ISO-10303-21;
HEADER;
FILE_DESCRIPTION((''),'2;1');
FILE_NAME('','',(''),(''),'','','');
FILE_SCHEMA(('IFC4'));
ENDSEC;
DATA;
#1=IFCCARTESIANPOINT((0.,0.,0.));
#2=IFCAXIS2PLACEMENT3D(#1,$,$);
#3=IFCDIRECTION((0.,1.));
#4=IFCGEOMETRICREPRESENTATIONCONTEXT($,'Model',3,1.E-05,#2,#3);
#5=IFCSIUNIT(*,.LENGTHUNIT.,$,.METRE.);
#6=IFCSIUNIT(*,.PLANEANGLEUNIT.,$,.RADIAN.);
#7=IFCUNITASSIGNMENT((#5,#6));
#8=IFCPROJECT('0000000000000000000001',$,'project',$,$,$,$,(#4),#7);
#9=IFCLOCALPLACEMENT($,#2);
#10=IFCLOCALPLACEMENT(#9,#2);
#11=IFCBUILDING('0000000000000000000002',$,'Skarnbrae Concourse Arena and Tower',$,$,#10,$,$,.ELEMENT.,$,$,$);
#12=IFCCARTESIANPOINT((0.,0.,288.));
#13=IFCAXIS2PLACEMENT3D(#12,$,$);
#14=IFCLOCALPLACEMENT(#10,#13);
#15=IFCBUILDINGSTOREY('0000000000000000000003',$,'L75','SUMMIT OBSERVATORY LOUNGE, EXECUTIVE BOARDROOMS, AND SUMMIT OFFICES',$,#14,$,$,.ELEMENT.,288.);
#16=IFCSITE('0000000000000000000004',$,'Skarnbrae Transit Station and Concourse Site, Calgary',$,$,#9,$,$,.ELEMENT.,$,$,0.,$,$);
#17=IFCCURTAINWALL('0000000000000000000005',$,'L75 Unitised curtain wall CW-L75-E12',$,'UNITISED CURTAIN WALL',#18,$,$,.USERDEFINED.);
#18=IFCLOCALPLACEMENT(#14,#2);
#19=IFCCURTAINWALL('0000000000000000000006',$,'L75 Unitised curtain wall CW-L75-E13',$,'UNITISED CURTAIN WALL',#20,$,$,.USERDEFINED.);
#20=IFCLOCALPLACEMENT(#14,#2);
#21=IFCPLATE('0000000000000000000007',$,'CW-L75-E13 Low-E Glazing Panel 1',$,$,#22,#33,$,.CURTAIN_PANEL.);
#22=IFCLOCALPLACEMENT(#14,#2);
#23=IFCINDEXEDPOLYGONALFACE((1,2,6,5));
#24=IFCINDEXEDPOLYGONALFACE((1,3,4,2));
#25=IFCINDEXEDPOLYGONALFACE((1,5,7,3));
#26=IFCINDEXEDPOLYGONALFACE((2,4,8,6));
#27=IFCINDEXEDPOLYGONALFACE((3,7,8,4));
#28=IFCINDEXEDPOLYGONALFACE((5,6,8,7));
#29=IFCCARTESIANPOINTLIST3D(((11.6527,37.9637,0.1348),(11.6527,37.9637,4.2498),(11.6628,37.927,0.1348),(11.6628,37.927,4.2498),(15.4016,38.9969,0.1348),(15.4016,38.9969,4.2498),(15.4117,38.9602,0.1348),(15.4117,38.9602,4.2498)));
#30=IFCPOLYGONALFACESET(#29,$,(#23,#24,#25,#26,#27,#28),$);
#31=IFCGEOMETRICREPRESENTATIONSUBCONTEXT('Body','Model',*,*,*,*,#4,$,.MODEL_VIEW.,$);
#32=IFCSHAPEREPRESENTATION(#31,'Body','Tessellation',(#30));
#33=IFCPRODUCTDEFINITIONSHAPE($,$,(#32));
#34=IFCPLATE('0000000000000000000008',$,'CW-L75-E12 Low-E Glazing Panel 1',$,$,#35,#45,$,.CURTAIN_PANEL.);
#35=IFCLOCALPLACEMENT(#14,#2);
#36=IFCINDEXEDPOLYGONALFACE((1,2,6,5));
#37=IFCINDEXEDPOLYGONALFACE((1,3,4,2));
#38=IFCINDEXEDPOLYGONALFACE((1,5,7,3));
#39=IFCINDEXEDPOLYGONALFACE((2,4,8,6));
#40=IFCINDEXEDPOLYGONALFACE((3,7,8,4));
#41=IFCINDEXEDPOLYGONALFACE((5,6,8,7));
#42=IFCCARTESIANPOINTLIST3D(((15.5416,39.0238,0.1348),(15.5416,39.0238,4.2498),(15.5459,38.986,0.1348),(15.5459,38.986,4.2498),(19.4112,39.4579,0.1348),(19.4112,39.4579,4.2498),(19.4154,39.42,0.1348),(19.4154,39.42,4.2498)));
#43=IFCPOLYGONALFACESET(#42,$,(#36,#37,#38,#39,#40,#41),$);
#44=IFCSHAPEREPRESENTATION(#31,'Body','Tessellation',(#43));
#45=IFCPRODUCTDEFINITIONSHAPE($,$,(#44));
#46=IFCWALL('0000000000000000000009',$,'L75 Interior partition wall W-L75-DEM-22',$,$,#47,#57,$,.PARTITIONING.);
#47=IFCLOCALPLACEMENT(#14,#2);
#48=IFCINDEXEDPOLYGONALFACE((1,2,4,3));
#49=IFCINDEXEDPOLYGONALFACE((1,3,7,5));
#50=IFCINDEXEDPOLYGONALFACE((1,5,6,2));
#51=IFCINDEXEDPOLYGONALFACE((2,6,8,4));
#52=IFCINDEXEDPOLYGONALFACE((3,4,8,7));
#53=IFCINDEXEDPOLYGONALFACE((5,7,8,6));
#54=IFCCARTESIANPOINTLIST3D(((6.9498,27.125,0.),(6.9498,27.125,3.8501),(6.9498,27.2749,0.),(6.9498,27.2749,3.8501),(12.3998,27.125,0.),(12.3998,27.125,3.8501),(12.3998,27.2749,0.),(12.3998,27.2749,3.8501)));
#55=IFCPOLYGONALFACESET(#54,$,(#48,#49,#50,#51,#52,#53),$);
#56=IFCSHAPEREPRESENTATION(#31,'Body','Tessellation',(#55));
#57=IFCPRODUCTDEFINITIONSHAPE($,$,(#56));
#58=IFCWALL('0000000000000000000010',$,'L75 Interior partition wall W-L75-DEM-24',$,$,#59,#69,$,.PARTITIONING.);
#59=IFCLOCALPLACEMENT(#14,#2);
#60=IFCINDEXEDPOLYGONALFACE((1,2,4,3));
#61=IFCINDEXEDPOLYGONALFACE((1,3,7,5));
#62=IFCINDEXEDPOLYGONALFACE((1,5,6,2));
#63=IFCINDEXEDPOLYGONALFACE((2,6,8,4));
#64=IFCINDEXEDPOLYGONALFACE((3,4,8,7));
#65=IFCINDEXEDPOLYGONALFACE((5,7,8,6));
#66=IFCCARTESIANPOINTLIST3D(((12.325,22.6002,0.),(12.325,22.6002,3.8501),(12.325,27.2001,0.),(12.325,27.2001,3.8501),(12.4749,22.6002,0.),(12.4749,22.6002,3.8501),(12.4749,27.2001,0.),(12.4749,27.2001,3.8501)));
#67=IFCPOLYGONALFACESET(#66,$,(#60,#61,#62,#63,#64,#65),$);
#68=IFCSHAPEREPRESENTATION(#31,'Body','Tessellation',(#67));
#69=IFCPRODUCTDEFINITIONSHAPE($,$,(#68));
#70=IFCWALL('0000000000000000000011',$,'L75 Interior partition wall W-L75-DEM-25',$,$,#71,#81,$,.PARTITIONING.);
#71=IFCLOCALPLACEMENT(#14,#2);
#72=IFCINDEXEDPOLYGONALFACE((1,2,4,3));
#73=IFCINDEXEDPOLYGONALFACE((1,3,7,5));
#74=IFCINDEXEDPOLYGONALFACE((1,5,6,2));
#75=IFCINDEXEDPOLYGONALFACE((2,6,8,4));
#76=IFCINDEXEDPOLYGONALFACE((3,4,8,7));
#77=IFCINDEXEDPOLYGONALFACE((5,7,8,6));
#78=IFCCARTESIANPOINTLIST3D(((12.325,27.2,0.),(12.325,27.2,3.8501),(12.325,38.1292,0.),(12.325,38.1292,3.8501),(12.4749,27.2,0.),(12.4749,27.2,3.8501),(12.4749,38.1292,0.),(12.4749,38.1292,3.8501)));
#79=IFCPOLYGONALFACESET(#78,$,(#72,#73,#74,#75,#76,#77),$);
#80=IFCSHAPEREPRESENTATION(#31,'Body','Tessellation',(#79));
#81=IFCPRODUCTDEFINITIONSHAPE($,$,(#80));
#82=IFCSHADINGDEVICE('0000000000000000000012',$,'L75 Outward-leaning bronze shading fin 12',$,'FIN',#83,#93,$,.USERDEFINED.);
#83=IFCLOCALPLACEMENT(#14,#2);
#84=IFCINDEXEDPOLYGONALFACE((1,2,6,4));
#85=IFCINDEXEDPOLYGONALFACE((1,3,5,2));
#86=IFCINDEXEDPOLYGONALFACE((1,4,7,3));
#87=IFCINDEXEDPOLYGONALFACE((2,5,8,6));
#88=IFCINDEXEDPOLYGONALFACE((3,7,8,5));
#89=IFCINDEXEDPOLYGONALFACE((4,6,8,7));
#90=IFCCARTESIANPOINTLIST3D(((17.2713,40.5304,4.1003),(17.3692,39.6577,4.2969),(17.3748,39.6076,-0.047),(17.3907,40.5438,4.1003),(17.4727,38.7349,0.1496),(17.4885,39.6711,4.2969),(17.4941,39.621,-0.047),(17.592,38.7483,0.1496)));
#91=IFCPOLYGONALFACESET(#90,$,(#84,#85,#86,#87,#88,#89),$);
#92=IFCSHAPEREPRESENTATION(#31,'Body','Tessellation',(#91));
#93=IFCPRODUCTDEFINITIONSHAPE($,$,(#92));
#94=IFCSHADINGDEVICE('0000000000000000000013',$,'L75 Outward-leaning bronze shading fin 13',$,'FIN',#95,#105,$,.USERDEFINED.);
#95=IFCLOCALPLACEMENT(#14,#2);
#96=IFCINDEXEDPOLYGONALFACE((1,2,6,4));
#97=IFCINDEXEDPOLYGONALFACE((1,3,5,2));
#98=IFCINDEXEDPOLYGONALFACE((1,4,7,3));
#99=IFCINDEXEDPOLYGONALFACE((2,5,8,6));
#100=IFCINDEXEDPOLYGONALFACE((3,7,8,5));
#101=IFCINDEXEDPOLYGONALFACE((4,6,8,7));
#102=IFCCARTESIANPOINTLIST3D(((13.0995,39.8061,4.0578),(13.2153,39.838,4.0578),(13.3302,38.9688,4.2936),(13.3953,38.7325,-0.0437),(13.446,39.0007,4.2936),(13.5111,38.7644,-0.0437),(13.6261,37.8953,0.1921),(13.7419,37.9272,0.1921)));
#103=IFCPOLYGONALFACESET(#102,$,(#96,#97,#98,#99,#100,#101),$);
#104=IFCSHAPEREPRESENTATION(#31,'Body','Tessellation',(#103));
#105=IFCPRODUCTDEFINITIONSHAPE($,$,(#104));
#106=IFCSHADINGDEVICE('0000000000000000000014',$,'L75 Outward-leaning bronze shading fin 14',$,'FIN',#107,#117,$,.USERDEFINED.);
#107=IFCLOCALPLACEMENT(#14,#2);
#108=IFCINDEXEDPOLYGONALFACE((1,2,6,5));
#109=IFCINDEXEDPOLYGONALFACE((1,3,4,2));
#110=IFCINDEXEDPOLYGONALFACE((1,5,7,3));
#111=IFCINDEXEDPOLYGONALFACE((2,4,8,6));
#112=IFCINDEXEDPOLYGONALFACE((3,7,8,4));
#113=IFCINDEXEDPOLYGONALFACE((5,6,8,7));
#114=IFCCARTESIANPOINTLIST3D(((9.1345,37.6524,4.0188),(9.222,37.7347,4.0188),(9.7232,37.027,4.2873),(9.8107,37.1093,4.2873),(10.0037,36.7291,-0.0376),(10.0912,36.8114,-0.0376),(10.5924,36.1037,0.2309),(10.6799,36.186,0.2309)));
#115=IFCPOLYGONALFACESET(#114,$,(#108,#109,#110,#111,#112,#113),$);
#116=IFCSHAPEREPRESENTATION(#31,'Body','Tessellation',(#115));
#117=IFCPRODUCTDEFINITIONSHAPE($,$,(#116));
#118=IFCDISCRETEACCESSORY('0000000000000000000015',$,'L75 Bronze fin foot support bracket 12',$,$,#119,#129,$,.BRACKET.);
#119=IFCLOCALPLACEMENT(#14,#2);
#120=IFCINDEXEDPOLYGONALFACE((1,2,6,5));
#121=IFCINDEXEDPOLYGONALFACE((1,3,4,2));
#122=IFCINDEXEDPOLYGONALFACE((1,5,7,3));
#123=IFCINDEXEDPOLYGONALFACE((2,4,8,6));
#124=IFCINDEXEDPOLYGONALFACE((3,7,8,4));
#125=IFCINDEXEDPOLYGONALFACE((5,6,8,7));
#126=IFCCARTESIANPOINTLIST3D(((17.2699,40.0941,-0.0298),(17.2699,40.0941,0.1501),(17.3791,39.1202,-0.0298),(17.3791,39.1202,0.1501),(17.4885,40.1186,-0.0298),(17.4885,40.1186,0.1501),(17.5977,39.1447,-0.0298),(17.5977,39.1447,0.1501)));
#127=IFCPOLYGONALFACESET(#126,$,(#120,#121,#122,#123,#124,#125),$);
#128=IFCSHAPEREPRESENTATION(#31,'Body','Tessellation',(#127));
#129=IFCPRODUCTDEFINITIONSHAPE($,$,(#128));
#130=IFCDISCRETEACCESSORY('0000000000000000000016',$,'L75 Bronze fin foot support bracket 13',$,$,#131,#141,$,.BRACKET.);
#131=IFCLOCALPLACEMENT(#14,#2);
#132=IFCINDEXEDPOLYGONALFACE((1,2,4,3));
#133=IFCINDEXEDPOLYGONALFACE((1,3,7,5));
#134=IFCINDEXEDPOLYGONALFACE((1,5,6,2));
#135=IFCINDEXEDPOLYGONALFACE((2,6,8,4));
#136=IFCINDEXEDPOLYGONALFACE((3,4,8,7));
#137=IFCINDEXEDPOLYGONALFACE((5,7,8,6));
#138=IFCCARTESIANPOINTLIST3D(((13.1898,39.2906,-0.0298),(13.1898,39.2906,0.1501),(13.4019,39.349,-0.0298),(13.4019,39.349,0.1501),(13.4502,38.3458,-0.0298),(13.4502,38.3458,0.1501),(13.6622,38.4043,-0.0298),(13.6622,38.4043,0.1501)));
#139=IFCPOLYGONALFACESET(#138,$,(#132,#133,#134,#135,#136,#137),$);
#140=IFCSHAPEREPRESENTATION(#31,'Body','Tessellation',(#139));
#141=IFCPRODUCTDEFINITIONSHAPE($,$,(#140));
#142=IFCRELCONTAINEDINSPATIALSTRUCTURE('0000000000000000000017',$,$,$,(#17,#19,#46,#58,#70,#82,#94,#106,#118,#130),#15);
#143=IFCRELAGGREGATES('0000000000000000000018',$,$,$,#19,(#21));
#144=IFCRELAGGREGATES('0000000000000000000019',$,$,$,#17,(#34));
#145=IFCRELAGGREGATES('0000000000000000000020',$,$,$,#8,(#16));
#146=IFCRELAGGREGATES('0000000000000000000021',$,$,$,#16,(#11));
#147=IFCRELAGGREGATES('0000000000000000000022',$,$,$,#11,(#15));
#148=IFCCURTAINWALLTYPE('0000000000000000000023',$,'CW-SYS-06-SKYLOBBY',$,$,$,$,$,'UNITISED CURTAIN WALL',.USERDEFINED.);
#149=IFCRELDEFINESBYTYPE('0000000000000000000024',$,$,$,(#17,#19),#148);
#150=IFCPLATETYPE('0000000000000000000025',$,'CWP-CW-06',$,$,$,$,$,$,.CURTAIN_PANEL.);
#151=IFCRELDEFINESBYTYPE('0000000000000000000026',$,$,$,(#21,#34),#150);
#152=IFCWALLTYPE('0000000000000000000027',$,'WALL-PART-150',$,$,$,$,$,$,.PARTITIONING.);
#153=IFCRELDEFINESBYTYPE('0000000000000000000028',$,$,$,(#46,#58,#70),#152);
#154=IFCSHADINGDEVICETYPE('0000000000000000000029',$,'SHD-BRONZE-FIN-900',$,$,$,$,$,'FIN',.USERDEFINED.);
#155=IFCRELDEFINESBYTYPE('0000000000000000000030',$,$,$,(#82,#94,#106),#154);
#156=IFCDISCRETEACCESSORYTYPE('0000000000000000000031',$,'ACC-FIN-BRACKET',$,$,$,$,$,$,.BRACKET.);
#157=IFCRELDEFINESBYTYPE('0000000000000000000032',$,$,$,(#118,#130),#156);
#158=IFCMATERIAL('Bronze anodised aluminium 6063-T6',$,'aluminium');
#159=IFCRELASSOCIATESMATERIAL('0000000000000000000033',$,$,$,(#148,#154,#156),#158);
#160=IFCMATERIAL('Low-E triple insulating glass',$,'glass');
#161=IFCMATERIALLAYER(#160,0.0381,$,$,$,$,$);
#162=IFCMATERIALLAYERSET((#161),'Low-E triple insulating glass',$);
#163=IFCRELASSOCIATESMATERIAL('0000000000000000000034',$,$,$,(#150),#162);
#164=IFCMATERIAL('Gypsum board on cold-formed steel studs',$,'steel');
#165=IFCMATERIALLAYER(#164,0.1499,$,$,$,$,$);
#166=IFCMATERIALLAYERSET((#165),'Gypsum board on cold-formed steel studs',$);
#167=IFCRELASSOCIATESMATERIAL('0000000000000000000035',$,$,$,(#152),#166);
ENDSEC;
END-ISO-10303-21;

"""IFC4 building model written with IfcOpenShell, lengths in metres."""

from ifc_helpers import new_model, si_unit, direction, frame, frame_2d, origin, origin_2d, place, context, subcontext, project, spatial, rectangle, extrude, source, transform, mapped, material, layer, layer_set, type_object, element, aggregate, save


model = new_model("IFC4")

# Units and contexts
model_context = context("Model", 3, precision=1e-05, world=origin(), true_north=direction((0.0, 1.0)))
body_context = subcontext(model_context, "Body", "Model", "MODEL_VIEW")
ifc_project = project(units=[si_unit("LENGTHUNIT", "METRE"), si_unit("PLANEANGLEUNIT", "RADIAN")], contexts=[model_context])

# Site, building, storey
site_placement = place(None, origin())
site = spatial("IfcSite", under=ifc_project, at=site_placement, Name="Skarnbrae Transit Station and Concourse Site, Calgary", CompositionType="ELEMENT", RefElevation=0.0)
building_placement = place(site_placement, origin())
building = spatial("IfcBuilding", under=site, at=building_placement, Name="Skarnbrae Concourse Arena and Tower", CompositionType="ELEMENT")
storey_placement = place(building_placement, frame((0.0, 0.0, 288.0)))
storey = spatial("IfcBuildingStorey", under=building, at=storey_placement, Name="L75", Description="SUMMIT OBSERVATORY LOUNGE, EXECUTIVE BOARDROOMS, AND SUMMIT OFFICES", CompositionType="ELEMENT", Elevation=288.0)

# Shared definitions
ifc_material_1 = material(Name="Bronze anodised aluminium 6063-T6", Category="aluminium")
curtain_wall_type = type_object("IfcCurtainWallType", Name="CW-SYS-06-SKYLOBBY", ElementType="UNITISED CURTAIN WALL", PredefinedType="USERDEFINED", material=ifc_material_1)

# Curtain walls
curtain_wall_1_placement = place(storey_placement, origin())
curtain_wall_1 = element("IfcCurtainWall", 1, at=curtain_wall_1_placement, inside=storey, type_object=curtain_wall_type, Name="L75 Unitised curtain wall CW-L75-E12", ObjectType="UNITISED CURTAIN WALL", PredefinedType="USERDEFINED")
curtain_wall_2_placement = place(storey_placement, origin())
curtain_wall_2 = element("IfcCurtainWall", 2, at=curtain_wall_2_placement, inside=storey, type_object=curtain_wall_type, Name="L75 Unitised curtain wall CW-L75-E13", ObjectType="UNITISED CURTAIN WALL", PredefinedType="USERDEFINED")

# Plates
ifc_material_2 = material(Name="Low-E triple insulating glass", Category="glass")
ifc_layer_1 = layer(ifc_material_2, 0.0381)
ifc_layer_set_1 = layer_set([ifc_layer_1], Name="Low-E triple insulating glass")
plate_type_1 = type_object("IfcPlateType", Name="CWP-CW-06", PredefinedType="CURTAIN_PANEL", material=ifc_layer_set_1)
shared_shape_1 = source(origin(), body_context, "Body", "SweptSolid", [
    extrude(rectangle(XDim=3.8887, YDim=0.0381, at=origin_2d()), origin(), (0.0, 0.0, 1.0), 4.115),
])
plate_1_placement = place(storey_placement, frame((13.5322, 38.4619, 0.1348), z_axis=(0.0, 0.0, 1.0), x_axis=(-0.964057, -0.265694, 0.0)))
plate_1 = element("IfcPlate", 3, at=plate_1_placement, type_object=plate_type_1, Name="CW-L75-E13 Low-E Glazing Panel 1", PredefinedType="CURTAIN_PANEL", context=body_context, shape_type="MappedRepresentation", body=[
    mapped(shared_shape_1, transform((0.0, 0.0, 0.0))),
])
aggregate(curtain_wall_2, [plate_1])
shared_shape_2 = source(origin(), body_context, "Body", "SweptSolid", [
    extrude(rectangle(XDim=3.8938, YDim=0.0381, at=origin_2d()), origin(), (0.0, 0.0, 1.0), 4.115),
])
plate_2_placement = place(storey_placement, frame((17.4785, 39.2219, 0.1348), z_axis=(0.0, 0.0, 1.0), x_axis=(-0.993769, -0.11146, 0.0)))
plate_2 = element("IfcPlate", 4, at=plate_2_placement, type_object=plate_type_1, Name="CW-L75-E12 Low-E Glazing Panel 1", PredefinedType="CURTAIN_PANEL", context=body_context, shape_type="MappedRepresentation", body=[
    mapped(shared_shape_2, transform((0.0, 0.0, 0.0))),
])
aggregate(curtain_wall_1, [plate_2])

# Walls
ifc_material_3 = material(Name="Gypsum board on cold-formed steel studs", Category="steel")
ifc_layer_2 = layer(ifc_material_3, 0.1499)
ifc_layer_set_2 = layer_set([ifc_layer_2], Name="Gypsum board on cold-formed steel studs")
wall_type = type_object("IfcWallType", Name="WALL-PART-150", PredefinedType="PARTITIONING", material=ifc_layer_set_2)
shared_shape_3 = source(origin(), body_context, "Body", "SweptSolid", [
    extrude(rectangle(XDim=5.45, YDim=0.1499, at=frame_2d((2.7251, 0.0))), origin(), (0.0, 0.0, 1.0), 3.8501),
])
wall_1_placement = place(storey_placement, frame((12.3999, 27.2, 0.0), z_axis=(0.0, 0.0, 1.0), x_axis=(-1.0, 0.0, 0.0)))
element("IfcWall", 5, at=wall_1_placement, inside=storey, type_object=wall_type, Name="L75 Interior partition wall W-L75-DEM-22", PredefinedType="PARTITIONING", context=body_context, shape_type="MappedRepresentation", body=[
    mapped(shared_shape_3, transform((0.0, 0.0, 0.0))),
])
shared_shape_4 = source(origin(), body_context, "Body", "SweptSolid", [
    extrude(rectangle(XDim=4.5999, YDim=0.1499, at=frame_2d((2.2998, 0.0))), origin(), (0.0, 0.0, 1.0), 3.8501),
])
wall_2_placement = place(storey_placement, frame((12.3999, 27.2, 0.0), z_axis=(0.0, 0.0, 1.0), x_axis=(0.0, -1.0, 0.0)))
element("IfcWall", 6, at=wall_2_placement, inside=storey, type_object=wall_type, Name="L75 Interior partition wall W-L75-DEM-24", PredefinedType="PARTITIONING", context=body_context, shape_type="MappedRepresentation", body=[
    mapped(shared_shape_4, transform((0.0, 0.0, 0.0))),
])
shared_shape_5 = source(origin(), body_context, "Body", "SweptSolid", [
    extrude(rectangle(XDim=10.9292, YDim=0.1499, at=frame_2d((5.4646, 0.0))), origin(), (0.0, 0.0, 1.0), 3.8501),
])
wall_3_placement = place(storey_placement, frame((12.3999, 38.1292, 0.0), z_axis=(0.0, 0.0, 1.0), x_axis=(0.0, -1.0, 0.0)))
element("IfcWall", 7, at=wall_3_placement, inside=storey, type_object=wall_type, Name="L75 Interior partition wall W-L75-DEM-25", PredefinedType="PARTITIONING", context=body_context, shape_type="MappedRepresentation", body=[
    mapped(shared_shape_5, transform((0.0, 0.0, 0.0))),
])

# Shading devices
shading_device_type = type_object("IfcShadingDeviceType", Name="SHD-BRONZE-FIN-900", ElementType="FIN", PredefinedType="USERDEFINED", material=ifc_material_1)
shared_shape_6 = source(origin(), body_context, "Body", "SweptSolid", [
    extrude(rectangle(XDim=0.1201, YDim=0.8999, at=origin_2d()), origin(), (0.0, 0.0, 1.0), 4.25),
])
for number, where, z_axis, x_axis, name in (
    (8, (17.4834, 39.178, 0.0513), (-0.02435, 0.217123, 0.975841), (0.99377, 0.111452, 0.0), "L75 Outward-leaning bronze shading fin 12"),
    (9, (13.5686, 38.3298, 0.0742), (-0.069616, 0.252603, 0.965062), (0.964058, 0.265691, 0.0), "L75 Outward-leaning bronze shading fin 13"),
    (10, (10.3418, 36.4575, 0.0967), (-0.204517, 0.217256, 0.954449), (0.728132, 0.685437, 0.0), "L75 Outward-leaning bronze shading fin 14"),
):
    element("IfcShadingDevice", number, at=place(storey_placement, frame(where, z_axis=z_axis, x_axis=x_axis)), inside=storey, type_object=shading_device_type, Name=name, ObjectType="FIN", PredefinedType="USERDEFINED", context=body_context, shape_type="MappedRepresentation", body=[
        mapped(shared_shape_6, transform((0.0, 0.0, 0.0))),
    ])

# Discrete accessories
discrete_accessory_type = type_object("IfcDiscreteAccessoryType", Name="ACC-FIN-BRACKET", PredefinedType="BRACKET", material=ifc_material_1)
shared_shape_7 = source(origin(), body_context, "Body", "SweptSolid", [
    extrude(rectangle(XDim=0.22, YDim=0.98, at=origin_2d()), origin(), (0.0, 0.0, 1.0), 0.1799),
])
for number, where, z_axis, x_axis, name in (
    (11, (17.4338, 39.6194, -0.0298), (0.0, 0.0, 1.0), (0.99377, 0.111452, 0.0), "L75 Bronze fin foot support bracket 12"),
    (12, (13.426, 38.8474, -0.0298), (0.0, 0.0, 1.0), (0.964058, 0.265691, 0.0), "L75 Bronze fin foot support bracket 13"),
):
    element("IfcDiscreteAccessory", number, at=place(storey_placement, frame(where, z_axis=z_axis, x_axis=x_axis)), inside=storey, type_object=discrete_accessory_type, Name=name, PredefinedType="BRACKET", context=body_context, shape_type="MappedRepresentation", body=[
        mapped(shared_shape_7, transform((0.0, 0.0, 0.0))),
    ])

save(model, "model.ifc")
